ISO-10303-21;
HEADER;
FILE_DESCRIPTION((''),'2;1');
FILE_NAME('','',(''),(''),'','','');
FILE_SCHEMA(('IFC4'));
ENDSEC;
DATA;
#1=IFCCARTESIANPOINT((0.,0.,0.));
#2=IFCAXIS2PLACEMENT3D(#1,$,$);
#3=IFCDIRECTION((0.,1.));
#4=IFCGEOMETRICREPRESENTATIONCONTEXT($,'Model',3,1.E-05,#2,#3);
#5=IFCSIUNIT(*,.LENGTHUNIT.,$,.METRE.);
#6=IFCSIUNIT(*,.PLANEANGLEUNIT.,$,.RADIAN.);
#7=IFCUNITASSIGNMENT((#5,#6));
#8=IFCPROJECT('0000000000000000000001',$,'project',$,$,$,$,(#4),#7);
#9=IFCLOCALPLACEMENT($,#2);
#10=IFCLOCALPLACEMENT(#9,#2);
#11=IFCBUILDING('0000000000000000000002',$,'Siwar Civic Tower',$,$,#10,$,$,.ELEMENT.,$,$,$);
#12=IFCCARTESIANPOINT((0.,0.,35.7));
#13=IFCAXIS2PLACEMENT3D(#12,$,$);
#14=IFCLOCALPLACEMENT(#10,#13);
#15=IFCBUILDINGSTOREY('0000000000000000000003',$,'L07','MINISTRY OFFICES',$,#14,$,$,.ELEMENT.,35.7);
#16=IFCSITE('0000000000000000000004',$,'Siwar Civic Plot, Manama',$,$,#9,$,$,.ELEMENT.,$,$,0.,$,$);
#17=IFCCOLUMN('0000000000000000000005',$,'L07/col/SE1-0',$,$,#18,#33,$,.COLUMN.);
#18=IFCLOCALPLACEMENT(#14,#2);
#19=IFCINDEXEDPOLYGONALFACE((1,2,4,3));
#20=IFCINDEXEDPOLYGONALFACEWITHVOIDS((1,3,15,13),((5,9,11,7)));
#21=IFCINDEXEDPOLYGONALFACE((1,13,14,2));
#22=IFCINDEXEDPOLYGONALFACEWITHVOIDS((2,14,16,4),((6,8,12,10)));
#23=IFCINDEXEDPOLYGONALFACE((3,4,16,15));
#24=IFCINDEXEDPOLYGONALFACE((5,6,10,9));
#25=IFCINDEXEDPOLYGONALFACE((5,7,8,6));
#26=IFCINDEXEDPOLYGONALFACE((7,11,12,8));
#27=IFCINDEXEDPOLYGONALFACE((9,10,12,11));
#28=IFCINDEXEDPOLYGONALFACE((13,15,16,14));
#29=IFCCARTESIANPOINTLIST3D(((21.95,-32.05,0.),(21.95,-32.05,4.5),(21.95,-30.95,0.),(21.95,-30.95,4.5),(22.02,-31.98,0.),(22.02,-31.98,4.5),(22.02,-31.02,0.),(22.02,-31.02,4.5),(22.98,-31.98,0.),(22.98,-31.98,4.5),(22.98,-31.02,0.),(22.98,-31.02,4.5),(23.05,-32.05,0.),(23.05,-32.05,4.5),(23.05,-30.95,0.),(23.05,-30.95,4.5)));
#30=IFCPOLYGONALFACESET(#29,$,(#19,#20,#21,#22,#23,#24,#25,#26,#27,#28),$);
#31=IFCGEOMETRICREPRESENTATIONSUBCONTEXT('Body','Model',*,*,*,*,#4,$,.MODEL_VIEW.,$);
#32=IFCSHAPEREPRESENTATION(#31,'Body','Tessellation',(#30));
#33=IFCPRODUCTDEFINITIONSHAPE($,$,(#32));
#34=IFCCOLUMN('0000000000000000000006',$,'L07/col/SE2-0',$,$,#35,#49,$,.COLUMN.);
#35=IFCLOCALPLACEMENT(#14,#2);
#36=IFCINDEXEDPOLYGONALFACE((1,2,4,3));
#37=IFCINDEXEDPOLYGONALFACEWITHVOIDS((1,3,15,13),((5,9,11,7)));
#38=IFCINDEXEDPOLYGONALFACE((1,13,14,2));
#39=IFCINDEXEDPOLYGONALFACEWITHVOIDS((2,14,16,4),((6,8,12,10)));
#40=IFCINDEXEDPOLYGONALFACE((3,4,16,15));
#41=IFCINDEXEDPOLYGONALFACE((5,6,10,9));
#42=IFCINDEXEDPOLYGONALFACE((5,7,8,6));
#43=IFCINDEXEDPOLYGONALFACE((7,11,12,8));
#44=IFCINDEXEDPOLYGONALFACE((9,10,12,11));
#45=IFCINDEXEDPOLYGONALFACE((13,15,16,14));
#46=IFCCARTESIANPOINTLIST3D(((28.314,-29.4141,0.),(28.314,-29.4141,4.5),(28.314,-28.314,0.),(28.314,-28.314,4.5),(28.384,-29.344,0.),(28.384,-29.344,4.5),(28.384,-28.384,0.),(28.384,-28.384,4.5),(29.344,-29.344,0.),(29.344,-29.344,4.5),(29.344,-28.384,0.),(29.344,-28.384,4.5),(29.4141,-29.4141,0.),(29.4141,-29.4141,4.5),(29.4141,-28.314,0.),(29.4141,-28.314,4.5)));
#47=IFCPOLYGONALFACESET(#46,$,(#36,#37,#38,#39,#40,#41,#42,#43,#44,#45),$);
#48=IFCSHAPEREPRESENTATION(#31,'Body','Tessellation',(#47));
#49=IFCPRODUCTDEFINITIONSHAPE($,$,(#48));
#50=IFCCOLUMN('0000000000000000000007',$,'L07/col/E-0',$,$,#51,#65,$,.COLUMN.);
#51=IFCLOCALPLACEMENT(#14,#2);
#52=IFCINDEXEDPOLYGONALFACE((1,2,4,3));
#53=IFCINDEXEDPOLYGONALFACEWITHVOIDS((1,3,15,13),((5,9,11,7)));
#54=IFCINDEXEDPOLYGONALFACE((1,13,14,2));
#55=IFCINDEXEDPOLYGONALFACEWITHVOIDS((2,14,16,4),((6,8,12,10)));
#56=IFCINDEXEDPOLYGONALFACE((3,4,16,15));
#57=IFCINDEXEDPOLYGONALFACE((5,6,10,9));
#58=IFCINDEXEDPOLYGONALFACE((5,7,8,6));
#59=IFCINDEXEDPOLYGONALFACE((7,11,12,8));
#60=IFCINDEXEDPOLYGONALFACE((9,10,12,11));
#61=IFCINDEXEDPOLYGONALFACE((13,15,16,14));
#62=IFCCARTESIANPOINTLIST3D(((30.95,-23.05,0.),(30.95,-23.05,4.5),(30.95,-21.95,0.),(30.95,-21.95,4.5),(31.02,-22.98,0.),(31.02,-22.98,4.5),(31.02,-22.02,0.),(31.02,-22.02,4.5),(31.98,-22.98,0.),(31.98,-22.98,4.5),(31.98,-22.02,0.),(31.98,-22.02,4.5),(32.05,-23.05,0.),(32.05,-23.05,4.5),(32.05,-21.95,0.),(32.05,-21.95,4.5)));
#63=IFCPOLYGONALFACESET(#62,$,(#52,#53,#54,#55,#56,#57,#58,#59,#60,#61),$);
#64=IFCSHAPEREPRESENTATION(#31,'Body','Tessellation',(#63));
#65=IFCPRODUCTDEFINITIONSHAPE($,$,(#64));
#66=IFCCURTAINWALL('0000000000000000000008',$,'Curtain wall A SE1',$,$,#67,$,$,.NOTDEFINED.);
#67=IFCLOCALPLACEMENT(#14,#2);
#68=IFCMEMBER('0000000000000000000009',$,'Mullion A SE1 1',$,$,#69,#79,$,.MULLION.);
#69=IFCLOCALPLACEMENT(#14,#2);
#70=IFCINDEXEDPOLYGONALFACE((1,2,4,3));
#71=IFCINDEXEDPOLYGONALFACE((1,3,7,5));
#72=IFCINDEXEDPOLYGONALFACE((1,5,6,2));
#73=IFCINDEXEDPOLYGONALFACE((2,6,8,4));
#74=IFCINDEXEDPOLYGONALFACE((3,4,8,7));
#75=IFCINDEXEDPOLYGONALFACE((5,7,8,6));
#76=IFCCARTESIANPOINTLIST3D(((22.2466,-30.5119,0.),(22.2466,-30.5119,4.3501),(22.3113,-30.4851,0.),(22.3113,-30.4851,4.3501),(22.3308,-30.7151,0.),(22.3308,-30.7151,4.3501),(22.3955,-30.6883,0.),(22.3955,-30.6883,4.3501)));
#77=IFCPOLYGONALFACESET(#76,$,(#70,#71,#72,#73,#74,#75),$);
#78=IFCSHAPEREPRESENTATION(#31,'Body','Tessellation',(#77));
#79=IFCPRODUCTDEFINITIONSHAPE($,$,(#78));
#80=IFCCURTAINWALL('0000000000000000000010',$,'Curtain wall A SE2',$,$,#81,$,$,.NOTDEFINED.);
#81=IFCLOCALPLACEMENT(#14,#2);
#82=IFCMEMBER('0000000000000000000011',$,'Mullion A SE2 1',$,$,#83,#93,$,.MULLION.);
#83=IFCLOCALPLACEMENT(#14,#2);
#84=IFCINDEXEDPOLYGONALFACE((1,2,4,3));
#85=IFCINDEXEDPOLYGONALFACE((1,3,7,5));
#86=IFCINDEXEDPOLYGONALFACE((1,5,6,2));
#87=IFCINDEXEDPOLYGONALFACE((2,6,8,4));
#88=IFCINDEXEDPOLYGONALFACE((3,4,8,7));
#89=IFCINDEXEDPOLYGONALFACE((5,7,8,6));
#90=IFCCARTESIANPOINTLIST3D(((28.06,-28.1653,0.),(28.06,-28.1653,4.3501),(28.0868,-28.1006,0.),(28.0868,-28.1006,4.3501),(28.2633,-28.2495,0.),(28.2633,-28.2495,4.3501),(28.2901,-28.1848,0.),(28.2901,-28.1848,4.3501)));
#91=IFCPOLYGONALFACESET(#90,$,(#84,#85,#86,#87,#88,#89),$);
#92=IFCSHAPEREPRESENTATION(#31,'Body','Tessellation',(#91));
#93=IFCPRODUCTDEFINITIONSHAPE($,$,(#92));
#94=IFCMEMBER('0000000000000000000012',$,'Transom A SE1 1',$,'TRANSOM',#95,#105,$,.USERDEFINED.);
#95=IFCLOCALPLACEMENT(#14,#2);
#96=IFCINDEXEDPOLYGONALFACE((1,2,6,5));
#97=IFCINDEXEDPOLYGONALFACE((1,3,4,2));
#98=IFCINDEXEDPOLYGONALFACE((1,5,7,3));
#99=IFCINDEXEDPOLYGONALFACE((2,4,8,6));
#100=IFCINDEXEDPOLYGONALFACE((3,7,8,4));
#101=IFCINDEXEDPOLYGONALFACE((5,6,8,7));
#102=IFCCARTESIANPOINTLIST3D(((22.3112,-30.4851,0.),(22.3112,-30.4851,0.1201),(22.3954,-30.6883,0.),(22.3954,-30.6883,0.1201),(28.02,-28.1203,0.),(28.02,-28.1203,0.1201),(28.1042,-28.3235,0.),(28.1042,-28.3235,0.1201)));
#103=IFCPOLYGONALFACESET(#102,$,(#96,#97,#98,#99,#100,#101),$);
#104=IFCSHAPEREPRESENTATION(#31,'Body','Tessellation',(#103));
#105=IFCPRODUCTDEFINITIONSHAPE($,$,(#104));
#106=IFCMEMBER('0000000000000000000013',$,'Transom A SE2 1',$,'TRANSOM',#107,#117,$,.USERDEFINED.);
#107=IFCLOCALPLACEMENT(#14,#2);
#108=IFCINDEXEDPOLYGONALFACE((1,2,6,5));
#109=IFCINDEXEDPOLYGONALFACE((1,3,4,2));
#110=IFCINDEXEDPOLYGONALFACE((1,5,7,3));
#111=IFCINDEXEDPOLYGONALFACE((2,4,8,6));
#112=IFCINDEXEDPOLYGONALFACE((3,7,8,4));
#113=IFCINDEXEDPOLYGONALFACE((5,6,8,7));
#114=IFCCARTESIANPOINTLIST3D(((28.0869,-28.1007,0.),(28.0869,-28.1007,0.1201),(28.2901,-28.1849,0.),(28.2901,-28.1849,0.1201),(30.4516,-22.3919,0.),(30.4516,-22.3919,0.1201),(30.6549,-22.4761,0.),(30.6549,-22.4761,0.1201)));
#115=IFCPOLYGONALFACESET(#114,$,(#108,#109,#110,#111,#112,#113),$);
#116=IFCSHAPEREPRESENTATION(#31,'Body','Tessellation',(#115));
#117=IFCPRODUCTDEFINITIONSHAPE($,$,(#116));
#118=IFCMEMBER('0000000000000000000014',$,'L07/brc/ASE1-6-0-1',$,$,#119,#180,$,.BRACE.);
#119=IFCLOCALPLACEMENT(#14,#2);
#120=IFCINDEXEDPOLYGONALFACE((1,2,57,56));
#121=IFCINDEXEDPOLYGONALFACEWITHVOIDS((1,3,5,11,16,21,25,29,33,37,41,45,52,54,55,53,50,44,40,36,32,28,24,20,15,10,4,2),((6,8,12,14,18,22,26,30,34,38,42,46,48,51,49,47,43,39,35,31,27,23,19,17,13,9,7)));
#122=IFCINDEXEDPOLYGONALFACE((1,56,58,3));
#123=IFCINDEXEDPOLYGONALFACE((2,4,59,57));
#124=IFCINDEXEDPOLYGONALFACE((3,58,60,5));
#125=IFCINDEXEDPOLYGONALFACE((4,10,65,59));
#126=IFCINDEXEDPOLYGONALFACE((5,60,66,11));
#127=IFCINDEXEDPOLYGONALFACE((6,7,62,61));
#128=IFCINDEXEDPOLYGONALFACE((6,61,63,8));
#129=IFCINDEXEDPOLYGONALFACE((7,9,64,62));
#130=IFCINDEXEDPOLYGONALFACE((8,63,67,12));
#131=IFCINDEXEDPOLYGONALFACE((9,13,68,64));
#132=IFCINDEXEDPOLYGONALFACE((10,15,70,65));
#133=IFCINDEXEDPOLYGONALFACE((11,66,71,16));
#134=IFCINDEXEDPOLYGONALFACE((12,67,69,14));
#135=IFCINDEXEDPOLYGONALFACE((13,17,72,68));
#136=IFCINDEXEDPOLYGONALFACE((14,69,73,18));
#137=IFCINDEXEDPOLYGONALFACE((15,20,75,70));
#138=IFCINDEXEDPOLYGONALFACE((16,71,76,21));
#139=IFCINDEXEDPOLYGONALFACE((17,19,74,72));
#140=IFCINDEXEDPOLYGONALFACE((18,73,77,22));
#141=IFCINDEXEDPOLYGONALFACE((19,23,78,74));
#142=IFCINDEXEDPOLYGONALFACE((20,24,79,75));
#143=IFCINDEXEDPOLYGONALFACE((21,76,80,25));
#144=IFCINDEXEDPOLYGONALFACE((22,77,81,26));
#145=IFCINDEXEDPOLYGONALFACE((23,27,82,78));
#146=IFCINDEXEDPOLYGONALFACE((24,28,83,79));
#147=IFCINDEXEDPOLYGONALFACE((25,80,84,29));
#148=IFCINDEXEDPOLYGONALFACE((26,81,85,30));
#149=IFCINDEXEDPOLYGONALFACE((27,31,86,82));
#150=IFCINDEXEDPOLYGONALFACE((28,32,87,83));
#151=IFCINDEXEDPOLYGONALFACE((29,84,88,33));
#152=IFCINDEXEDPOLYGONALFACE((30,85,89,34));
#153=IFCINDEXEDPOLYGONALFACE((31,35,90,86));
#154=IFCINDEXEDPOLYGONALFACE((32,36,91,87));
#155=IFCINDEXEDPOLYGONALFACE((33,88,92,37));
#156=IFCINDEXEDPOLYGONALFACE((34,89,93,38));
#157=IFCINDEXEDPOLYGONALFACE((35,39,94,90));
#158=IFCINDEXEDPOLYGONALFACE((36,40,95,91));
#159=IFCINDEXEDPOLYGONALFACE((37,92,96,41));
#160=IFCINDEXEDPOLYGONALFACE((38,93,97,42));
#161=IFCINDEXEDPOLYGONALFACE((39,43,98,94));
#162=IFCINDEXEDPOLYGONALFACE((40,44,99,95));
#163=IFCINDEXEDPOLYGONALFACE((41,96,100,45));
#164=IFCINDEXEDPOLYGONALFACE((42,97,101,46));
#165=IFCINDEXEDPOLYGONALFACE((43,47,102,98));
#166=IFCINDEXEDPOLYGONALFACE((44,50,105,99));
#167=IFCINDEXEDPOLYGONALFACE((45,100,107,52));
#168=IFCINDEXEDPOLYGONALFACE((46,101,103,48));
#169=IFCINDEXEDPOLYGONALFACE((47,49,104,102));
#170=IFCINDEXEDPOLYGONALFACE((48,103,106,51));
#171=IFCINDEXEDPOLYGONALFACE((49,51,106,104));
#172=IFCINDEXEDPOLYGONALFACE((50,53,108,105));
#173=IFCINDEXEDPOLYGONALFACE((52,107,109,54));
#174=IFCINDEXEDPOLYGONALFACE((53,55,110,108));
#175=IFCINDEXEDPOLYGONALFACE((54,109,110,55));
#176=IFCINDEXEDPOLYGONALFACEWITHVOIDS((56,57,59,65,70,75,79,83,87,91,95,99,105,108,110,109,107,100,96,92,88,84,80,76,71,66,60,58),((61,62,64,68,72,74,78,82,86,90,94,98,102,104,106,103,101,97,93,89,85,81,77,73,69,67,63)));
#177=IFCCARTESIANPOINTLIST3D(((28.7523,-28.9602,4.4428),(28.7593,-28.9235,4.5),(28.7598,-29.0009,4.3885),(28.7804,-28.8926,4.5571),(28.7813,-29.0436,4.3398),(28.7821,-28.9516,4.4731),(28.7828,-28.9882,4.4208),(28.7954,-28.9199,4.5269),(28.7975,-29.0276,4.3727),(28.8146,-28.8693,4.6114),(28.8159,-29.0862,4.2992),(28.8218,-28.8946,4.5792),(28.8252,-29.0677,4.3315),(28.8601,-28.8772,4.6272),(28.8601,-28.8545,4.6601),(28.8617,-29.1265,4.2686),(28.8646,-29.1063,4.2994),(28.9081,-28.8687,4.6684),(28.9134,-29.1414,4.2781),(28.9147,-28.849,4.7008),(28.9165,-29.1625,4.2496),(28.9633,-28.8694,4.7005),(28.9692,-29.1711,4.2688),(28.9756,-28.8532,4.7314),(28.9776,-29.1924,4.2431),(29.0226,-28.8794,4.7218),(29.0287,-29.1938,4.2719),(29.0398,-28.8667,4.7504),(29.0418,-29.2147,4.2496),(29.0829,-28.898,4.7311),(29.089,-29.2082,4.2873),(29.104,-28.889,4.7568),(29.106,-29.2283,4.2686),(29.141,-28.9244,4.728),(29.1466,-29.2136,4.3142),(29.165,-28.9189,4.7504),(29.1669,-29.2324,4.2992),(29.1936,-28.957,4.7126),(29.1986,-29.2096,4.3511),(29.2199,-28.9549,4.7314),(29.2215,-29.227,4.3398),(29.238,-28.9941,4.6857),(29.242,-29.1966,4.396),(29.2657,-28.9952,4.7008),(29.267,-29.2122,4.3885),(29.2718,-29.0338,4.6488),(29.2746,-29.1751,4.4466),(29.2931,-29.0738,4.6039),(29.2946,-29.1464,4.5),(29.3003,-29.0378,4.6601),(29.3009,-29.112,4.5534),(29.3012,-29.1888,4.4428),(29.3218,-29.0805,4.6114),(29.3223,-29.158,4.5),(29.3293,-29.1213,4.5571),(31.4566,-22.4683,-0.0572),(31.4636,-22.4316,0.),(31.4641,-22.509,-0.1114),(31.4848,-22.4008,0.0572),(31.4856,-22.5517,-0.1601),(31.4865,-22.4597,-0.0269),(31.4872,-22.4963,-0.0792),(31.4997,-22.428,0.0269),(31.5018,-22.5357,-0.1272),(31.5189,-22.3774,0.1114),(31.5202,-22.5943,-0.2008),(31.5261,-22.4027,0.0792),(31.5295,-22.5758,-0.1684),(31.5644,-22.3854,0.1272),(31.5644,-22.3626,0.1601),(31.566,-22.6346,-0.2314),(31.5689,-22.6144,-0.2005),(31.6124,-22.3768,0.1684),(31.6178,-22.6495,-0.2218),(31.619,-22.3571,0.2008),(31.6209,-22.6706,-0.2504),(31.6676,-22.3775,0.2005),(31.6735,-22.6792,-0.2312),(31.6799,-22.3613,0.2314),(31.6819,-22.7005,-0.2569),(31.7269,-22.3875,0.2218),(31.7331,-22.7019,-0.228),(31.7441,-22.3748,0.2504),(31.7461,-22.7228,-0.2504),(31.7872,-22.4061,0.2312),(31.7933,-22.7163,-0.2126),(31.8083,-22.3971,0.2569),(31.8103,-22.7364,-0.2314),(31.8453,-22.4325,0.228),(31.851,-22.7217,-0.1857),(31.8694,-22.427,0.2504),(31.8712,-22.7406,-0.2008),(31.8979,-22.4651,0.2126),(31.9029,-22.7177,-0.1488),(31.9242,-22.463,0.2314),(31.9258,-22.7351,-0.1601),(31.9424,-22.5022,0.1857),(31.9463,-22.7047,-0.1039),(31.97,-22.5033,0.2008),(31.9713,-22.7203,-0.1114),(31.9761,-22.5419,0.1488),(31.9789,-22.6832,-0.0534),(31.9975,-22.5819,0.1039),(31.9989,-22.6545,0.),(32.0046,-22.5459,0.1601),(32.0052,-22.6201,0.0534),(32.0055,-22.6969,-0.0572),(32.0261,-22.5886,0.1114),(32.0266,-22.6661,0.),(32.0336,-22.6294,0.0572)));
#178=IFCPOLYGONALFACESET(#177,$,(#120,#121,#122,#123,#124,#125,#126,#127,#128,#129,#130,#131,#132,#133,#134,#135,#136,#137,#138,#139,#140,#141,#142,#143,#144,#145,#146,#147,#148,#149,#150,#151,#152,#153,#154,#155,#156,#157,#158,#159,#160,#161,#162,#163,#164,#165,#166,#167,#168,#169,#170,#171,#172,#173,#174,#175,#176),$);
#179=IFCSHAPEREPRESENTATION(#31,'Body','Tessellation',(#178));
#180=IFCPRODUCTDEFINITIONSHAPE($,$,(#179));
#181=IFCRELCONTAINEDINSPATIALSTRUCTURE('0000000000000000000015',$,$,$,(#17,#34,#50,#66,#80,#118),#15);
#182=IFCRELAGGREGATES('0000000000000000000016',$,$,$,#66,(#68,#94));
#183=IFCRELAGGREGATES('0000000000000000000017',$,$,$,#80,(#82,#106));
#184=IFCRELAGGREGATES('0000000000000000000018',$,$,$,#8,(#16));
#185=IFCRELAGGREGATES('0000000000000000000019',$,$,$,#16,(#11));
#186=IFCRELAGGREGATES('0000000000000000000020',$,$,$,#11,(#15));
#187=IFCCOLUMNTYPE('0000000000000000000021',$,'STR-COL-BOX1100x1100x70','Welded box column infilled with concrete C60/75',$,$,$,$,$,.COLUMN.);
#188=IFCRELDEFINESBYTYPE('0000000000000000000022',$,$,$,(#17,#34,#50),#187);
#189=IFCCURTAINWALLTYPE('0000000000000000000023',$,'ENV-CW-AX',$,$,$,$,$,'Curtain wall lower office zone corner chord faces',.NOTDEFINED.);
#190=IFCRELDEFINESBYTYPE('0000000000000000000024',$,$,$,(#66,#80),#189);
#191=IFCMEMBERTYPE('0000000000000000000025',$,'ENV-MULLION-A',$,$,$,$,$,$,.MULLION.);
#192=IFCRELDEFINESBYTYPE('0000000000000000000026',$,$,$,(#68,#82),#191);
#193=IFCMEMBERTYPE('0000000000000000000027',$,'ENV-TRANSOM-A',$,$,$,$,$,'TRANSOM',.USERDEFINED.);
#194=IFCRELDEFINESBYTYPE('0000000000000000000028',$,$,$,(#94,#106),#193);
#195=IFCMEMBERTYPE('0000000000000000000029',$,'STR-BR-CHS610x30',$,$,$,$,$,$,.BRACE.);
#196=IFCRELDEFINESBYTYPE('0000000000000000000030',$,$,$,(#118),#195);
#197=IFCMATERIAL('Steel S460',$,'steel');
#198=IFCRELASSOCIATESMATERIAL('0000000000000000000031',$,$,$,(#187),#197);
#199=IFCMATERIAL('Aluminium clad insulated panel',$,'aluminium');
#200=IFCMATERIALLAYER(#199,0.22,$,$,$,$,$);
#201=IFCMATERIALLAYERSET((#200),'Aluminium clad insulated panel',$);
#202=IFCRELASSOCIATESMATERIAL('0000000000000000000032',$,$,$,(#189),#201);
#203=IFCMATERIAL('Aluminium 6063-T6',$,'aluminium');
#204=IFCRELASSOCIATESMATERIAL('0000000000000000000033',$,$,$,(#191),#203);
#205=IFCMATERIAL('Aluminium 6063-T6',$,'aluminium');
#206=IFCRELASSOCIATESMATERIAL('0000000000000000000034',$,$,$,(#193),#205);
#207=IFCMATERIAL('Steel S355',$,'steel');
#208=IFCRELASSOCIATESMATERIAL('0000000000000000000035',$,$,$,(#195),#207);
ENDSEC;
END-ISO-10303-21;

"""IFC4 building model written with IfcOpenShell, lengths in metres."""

from ifc_helpers import new_model, si_unit, direction, frame, origin, origin_2d, place, context, subcontext, project, spatial, rectangle, hollow_rectangle, hollow_circle, extrude, material, layer, layer_set, material_profile, profile_set, type_object, element, aggregate, save


model = new_model("IFC4")

# Units and contexts
model_context = context("Model", 3, precision=1e-05, world=origin(), true_north=direction((0.0, 1.0)))
body_context = subcontext(model_context, "Body", "Model", "MODEL_VIEW")
ifc_project = project(units=[si_unit("LENGTHUNIT", "METRE"), si_unit("PLANEANGLEUNIT", "RADIAN")], contexts=[model_context])

# Site, building, storey
site_placement = place(None, origin())
site = spatial("IfcSite", under=ifc_project, at=site_placement, Name="Siwar Civic Plot, Manama", CompositionType="ELEMENT", RefElevation=0.0)
building_placement = place(site_placement, origin())
building = spatial("IfcBuilding", under=site, at=building_placement, Name="Siwar Civic Tower", CompositionType="ELEMENT")
storey_placement = place(building_placement, frame((0.0, 0.0, 35.7)))
storey = spatial("IfcBuildingStorey", under=building, at=storey_placement, Name="L07", Description="MINISTRY OFFICES", CompositionType="ELEMENT", Elevation=35.7)

# Columns
ifc_material_1 = material(Name="Steel S460", Category="steel")
ifc_material_profile_1 = material_profile(ifc_material_1, hollow_rectangle(XDim=1.1001, YDim=1.1001, WallThickness=0.0701, at=origin_2d()), Name="BOX1100x1100x70")
ifc_profile_set_1 = profile_set([ifc_material_profile_1], Name="Steel S460")
column_type = type_object("IfcColumnType", Name="STR-COL-BOX1100x1100x70", Description="Welded box column infilled with concrete C60/75", PredefinedType="COLUMN", material=ifc_profile_set_1)
for number, where, z_axis, x_axis, name in (
    (1, (22.5, -31.5, 0.0), (0.0, 0.0, 1.0), (1.0, 0.0, 0.0), "L07/col/SE1-0"),
    (2, (28.864, -28.864, 0.0), (0.0, 0.0, 1.0), (1.0, 0.0, 0.0), "L07/col/SE2-0"),
    (3, (31.5, -22.5, 0.0), (0.0, 0.0, 1.0), (1.0, 0.0, 0.0), "L07/col/E-0"),
):
    element("IfcColumn", number, at=place(storey_placement, frame(where, z_axis=z_axis, x_axis=x_axis)), inside=storey, type_object=column_type, Name=name, PredefinedType="COLUMN", context=body_context, shape_type="SweptSolid", body=[
        extrude(hollow_rectangle(XDim=1.1001, YDim=1.1001, WallThickness=0.0701, at=origin_2d()), origin(), (0.0, 0.0, 1.0), 4.5),
    ])

# Curtain walls, members
ifc_material_2 = material(Name="Aluminium clad insulated panel", Category="aluminium")
ifc_layer_1 = layer(ifc_material_2, 0.22)
ifc_layer_set_1 = layer_set([ifc_layer_1], Name="Aluminium clad insulated panel")
curtain_wall_type_1 = type_object("IfcCurtainWallType", Name="ENV-CW-AX", ElementType="Curtain wall lower office zone corner chord faces", PredefinedType="NOTDEFINED", material=ifc_layer_set_1)
curtain_wall_1_placement = place(storey_placement, origin())
curtain_wall_1 = element("IfcCurtainWall", 4, at=curtain_wall_1_placement, inside=storey, type_object=curtain_wall_type_1, Name="Curtain wall A SE1", PredefinedType="NOTDEFINED")
ifc_material_3 = material(Name="Aluminium 6063-T6", Category="aluminium")
ifc_material_profile_2 = material_profile(ifc_material_3, rectangle(XDim=0.22, YDim=0.0701, at=origin_2d()), Name="AL 220x70")
ifc_profile_set_2 = profile_set([ifc_material_profile_2], Name="Aluminium 6063-T6")
member_type_1 = type_object("IfcMemberType", Name="ENV-MULLION-A", PredefinedType="MULLION", material=ifc_profile_set_2)
member_1_placement = place(storey_placement, frame((22.321, -30.6001, 0.0), z_axis=(0.0, 0.0, 1.0), x_axis=(-0.382683, 0.92388, 0.0)))
member_1 = element("IfcMember", 5, at=member_1_placement, type_object=member_type_1, Name="Mullion A SE1 1", PredefinedType="MULLION", context=body_context, shape_type="SweptSolid", body=[
    extrude(rectangle(XDim=0.22, YDim=0.0701, at=origin_2d()), origin(), (0.0, 0.0, 1.0), 4.3501),
])
curtain_wall_2_placement = place(storey_placement, origin())
curtain_wall_2 = element("IfcCurtainWall", 6, at=curtain_wall_2_placement, inside=storey, type_object=curtain_wall_type_1, Name="Curtain wall A SE2", PredefinedType="NOTDEFINED")
member_2_placement = place(storey_placement, frame((28.175, -28.175, 0.0), z_axis=(0.0, 0.0, 1.0), x_axis=(-0.92388, 0.382683, 0.0)))
member_2 = element("IfcMember", 7, at=member_2_placement, type_object=member_type_1, Name="Mullion A SE2 1", PredefinedType="MULLION", context=body_context, shape_type="SweptSolid", body=[
    extrude(rectangle(XDim=0.22, YDim=0.0701, at=origin_2d()), origin(), (0.0, 0.0, 1.0), 4.3501),
])

# Members
ifc_material_4 = material(Name="Aluminium 6063-T6", Category="aluminium")
ifc_material_profile_3 = material_profile(ifc_material_4, rectangle(XDim=0.22, YDim=0.1201, at=origin_2d()), Name="AL 220x120")
ifc_profile_set_3 = profile_set([ifc_material_profile_3], Name="Aluminium 6063-T6")
member_type_2 = type_object("IfcMemberType", Name="ENV-TRANSOM-A", ElementType="TRANSOM", PredefinedType="USERDEFINED", material=ifc_profile_set_3)
member_3_placement = place(storey_placement, frame((22.3533, -30.5867, 0.0601), z_axis=(0.923873, 0.382698, 0.0), x_axis=(-0.382698, 0.923873, 0.0)))
member_3 = element("IfcMember", 8, at=member_3_placement, type_object=member_type_2, Name="Transom A SE1 1", ObjectType="TRANSOM", PredefinedType="USERDEFINED", context=body_context, shape_type="SweptSolid", body=[
    extrude(rectangle(XDim=0.22, YDim=0.1201, at=origin_2d()), origin(), (0.0, 0.0, 1.0), 6.1792),
])
member_4_placement = place(storey_placement, frame((28.1885, -28.1428, 0.0601), z_axis=(0.382698, 0.923873, 0.0), x_axis=(-0.923873, 0.382698, 0.0)))
member_4 = element("IfcMember", 9, at=member_4_placement, type_object=member_type_2, Name="Transom A SE2 1", ObjectType="TRANSOM", PredefinedType="USERDEFINED", context=body_context, shape_type="SweptSolid", body=[
    extrude(rectangle(XDim=0.22, YDim=0.1201, at=origin_2d()), origin(), (0.0, 0.0, 1.0), 6.1792),
])

# Member
ifc_material_5 = material(Name="Steel S355", Category="steel")
ifc_material_profile_4 = material_profile(ifc_material_5, hollow_circle(Radius=0.3049, WallThickness=0.03, at=origin_2d()), Name="CHS610x30")
ifc_profile_set_4 = profile_set([ifc_material_profile_4], Name="Steel S355")
member_type_3 = type_object("IfcMemberType", Name="STR-BR-CHS610x30", PredefinedType="BRACE", material=ifc_profile_set_4)
member_5_placement = place(storey_placement, frame((31.7451, -22.5488, 0.0), z_axis=(-0.323906, -0.777555, 0.538975), x_axis=(0.923109, -0.384539, 0.0)))
element("IfcMember", 10, at=member_5_placement, inside=storey, type_object=member_type_3, Name="L07/brc/ASE1-6-0-1", PredefinedType="BRACE", context=body_context, shape_type="SweptSolid", body=[
    extrude(hollow_circle(Radius=0.3049, WallThickness=0.03, at=origin_2d()), origin(), (0.0, 0.0, 1.0), 8.3491),
])

aggregate(curtain_wall_1, [member_1, member_3])
aggregate(curtain_wall_2, [member_2, member_4])

save(model, "model.ifc")
